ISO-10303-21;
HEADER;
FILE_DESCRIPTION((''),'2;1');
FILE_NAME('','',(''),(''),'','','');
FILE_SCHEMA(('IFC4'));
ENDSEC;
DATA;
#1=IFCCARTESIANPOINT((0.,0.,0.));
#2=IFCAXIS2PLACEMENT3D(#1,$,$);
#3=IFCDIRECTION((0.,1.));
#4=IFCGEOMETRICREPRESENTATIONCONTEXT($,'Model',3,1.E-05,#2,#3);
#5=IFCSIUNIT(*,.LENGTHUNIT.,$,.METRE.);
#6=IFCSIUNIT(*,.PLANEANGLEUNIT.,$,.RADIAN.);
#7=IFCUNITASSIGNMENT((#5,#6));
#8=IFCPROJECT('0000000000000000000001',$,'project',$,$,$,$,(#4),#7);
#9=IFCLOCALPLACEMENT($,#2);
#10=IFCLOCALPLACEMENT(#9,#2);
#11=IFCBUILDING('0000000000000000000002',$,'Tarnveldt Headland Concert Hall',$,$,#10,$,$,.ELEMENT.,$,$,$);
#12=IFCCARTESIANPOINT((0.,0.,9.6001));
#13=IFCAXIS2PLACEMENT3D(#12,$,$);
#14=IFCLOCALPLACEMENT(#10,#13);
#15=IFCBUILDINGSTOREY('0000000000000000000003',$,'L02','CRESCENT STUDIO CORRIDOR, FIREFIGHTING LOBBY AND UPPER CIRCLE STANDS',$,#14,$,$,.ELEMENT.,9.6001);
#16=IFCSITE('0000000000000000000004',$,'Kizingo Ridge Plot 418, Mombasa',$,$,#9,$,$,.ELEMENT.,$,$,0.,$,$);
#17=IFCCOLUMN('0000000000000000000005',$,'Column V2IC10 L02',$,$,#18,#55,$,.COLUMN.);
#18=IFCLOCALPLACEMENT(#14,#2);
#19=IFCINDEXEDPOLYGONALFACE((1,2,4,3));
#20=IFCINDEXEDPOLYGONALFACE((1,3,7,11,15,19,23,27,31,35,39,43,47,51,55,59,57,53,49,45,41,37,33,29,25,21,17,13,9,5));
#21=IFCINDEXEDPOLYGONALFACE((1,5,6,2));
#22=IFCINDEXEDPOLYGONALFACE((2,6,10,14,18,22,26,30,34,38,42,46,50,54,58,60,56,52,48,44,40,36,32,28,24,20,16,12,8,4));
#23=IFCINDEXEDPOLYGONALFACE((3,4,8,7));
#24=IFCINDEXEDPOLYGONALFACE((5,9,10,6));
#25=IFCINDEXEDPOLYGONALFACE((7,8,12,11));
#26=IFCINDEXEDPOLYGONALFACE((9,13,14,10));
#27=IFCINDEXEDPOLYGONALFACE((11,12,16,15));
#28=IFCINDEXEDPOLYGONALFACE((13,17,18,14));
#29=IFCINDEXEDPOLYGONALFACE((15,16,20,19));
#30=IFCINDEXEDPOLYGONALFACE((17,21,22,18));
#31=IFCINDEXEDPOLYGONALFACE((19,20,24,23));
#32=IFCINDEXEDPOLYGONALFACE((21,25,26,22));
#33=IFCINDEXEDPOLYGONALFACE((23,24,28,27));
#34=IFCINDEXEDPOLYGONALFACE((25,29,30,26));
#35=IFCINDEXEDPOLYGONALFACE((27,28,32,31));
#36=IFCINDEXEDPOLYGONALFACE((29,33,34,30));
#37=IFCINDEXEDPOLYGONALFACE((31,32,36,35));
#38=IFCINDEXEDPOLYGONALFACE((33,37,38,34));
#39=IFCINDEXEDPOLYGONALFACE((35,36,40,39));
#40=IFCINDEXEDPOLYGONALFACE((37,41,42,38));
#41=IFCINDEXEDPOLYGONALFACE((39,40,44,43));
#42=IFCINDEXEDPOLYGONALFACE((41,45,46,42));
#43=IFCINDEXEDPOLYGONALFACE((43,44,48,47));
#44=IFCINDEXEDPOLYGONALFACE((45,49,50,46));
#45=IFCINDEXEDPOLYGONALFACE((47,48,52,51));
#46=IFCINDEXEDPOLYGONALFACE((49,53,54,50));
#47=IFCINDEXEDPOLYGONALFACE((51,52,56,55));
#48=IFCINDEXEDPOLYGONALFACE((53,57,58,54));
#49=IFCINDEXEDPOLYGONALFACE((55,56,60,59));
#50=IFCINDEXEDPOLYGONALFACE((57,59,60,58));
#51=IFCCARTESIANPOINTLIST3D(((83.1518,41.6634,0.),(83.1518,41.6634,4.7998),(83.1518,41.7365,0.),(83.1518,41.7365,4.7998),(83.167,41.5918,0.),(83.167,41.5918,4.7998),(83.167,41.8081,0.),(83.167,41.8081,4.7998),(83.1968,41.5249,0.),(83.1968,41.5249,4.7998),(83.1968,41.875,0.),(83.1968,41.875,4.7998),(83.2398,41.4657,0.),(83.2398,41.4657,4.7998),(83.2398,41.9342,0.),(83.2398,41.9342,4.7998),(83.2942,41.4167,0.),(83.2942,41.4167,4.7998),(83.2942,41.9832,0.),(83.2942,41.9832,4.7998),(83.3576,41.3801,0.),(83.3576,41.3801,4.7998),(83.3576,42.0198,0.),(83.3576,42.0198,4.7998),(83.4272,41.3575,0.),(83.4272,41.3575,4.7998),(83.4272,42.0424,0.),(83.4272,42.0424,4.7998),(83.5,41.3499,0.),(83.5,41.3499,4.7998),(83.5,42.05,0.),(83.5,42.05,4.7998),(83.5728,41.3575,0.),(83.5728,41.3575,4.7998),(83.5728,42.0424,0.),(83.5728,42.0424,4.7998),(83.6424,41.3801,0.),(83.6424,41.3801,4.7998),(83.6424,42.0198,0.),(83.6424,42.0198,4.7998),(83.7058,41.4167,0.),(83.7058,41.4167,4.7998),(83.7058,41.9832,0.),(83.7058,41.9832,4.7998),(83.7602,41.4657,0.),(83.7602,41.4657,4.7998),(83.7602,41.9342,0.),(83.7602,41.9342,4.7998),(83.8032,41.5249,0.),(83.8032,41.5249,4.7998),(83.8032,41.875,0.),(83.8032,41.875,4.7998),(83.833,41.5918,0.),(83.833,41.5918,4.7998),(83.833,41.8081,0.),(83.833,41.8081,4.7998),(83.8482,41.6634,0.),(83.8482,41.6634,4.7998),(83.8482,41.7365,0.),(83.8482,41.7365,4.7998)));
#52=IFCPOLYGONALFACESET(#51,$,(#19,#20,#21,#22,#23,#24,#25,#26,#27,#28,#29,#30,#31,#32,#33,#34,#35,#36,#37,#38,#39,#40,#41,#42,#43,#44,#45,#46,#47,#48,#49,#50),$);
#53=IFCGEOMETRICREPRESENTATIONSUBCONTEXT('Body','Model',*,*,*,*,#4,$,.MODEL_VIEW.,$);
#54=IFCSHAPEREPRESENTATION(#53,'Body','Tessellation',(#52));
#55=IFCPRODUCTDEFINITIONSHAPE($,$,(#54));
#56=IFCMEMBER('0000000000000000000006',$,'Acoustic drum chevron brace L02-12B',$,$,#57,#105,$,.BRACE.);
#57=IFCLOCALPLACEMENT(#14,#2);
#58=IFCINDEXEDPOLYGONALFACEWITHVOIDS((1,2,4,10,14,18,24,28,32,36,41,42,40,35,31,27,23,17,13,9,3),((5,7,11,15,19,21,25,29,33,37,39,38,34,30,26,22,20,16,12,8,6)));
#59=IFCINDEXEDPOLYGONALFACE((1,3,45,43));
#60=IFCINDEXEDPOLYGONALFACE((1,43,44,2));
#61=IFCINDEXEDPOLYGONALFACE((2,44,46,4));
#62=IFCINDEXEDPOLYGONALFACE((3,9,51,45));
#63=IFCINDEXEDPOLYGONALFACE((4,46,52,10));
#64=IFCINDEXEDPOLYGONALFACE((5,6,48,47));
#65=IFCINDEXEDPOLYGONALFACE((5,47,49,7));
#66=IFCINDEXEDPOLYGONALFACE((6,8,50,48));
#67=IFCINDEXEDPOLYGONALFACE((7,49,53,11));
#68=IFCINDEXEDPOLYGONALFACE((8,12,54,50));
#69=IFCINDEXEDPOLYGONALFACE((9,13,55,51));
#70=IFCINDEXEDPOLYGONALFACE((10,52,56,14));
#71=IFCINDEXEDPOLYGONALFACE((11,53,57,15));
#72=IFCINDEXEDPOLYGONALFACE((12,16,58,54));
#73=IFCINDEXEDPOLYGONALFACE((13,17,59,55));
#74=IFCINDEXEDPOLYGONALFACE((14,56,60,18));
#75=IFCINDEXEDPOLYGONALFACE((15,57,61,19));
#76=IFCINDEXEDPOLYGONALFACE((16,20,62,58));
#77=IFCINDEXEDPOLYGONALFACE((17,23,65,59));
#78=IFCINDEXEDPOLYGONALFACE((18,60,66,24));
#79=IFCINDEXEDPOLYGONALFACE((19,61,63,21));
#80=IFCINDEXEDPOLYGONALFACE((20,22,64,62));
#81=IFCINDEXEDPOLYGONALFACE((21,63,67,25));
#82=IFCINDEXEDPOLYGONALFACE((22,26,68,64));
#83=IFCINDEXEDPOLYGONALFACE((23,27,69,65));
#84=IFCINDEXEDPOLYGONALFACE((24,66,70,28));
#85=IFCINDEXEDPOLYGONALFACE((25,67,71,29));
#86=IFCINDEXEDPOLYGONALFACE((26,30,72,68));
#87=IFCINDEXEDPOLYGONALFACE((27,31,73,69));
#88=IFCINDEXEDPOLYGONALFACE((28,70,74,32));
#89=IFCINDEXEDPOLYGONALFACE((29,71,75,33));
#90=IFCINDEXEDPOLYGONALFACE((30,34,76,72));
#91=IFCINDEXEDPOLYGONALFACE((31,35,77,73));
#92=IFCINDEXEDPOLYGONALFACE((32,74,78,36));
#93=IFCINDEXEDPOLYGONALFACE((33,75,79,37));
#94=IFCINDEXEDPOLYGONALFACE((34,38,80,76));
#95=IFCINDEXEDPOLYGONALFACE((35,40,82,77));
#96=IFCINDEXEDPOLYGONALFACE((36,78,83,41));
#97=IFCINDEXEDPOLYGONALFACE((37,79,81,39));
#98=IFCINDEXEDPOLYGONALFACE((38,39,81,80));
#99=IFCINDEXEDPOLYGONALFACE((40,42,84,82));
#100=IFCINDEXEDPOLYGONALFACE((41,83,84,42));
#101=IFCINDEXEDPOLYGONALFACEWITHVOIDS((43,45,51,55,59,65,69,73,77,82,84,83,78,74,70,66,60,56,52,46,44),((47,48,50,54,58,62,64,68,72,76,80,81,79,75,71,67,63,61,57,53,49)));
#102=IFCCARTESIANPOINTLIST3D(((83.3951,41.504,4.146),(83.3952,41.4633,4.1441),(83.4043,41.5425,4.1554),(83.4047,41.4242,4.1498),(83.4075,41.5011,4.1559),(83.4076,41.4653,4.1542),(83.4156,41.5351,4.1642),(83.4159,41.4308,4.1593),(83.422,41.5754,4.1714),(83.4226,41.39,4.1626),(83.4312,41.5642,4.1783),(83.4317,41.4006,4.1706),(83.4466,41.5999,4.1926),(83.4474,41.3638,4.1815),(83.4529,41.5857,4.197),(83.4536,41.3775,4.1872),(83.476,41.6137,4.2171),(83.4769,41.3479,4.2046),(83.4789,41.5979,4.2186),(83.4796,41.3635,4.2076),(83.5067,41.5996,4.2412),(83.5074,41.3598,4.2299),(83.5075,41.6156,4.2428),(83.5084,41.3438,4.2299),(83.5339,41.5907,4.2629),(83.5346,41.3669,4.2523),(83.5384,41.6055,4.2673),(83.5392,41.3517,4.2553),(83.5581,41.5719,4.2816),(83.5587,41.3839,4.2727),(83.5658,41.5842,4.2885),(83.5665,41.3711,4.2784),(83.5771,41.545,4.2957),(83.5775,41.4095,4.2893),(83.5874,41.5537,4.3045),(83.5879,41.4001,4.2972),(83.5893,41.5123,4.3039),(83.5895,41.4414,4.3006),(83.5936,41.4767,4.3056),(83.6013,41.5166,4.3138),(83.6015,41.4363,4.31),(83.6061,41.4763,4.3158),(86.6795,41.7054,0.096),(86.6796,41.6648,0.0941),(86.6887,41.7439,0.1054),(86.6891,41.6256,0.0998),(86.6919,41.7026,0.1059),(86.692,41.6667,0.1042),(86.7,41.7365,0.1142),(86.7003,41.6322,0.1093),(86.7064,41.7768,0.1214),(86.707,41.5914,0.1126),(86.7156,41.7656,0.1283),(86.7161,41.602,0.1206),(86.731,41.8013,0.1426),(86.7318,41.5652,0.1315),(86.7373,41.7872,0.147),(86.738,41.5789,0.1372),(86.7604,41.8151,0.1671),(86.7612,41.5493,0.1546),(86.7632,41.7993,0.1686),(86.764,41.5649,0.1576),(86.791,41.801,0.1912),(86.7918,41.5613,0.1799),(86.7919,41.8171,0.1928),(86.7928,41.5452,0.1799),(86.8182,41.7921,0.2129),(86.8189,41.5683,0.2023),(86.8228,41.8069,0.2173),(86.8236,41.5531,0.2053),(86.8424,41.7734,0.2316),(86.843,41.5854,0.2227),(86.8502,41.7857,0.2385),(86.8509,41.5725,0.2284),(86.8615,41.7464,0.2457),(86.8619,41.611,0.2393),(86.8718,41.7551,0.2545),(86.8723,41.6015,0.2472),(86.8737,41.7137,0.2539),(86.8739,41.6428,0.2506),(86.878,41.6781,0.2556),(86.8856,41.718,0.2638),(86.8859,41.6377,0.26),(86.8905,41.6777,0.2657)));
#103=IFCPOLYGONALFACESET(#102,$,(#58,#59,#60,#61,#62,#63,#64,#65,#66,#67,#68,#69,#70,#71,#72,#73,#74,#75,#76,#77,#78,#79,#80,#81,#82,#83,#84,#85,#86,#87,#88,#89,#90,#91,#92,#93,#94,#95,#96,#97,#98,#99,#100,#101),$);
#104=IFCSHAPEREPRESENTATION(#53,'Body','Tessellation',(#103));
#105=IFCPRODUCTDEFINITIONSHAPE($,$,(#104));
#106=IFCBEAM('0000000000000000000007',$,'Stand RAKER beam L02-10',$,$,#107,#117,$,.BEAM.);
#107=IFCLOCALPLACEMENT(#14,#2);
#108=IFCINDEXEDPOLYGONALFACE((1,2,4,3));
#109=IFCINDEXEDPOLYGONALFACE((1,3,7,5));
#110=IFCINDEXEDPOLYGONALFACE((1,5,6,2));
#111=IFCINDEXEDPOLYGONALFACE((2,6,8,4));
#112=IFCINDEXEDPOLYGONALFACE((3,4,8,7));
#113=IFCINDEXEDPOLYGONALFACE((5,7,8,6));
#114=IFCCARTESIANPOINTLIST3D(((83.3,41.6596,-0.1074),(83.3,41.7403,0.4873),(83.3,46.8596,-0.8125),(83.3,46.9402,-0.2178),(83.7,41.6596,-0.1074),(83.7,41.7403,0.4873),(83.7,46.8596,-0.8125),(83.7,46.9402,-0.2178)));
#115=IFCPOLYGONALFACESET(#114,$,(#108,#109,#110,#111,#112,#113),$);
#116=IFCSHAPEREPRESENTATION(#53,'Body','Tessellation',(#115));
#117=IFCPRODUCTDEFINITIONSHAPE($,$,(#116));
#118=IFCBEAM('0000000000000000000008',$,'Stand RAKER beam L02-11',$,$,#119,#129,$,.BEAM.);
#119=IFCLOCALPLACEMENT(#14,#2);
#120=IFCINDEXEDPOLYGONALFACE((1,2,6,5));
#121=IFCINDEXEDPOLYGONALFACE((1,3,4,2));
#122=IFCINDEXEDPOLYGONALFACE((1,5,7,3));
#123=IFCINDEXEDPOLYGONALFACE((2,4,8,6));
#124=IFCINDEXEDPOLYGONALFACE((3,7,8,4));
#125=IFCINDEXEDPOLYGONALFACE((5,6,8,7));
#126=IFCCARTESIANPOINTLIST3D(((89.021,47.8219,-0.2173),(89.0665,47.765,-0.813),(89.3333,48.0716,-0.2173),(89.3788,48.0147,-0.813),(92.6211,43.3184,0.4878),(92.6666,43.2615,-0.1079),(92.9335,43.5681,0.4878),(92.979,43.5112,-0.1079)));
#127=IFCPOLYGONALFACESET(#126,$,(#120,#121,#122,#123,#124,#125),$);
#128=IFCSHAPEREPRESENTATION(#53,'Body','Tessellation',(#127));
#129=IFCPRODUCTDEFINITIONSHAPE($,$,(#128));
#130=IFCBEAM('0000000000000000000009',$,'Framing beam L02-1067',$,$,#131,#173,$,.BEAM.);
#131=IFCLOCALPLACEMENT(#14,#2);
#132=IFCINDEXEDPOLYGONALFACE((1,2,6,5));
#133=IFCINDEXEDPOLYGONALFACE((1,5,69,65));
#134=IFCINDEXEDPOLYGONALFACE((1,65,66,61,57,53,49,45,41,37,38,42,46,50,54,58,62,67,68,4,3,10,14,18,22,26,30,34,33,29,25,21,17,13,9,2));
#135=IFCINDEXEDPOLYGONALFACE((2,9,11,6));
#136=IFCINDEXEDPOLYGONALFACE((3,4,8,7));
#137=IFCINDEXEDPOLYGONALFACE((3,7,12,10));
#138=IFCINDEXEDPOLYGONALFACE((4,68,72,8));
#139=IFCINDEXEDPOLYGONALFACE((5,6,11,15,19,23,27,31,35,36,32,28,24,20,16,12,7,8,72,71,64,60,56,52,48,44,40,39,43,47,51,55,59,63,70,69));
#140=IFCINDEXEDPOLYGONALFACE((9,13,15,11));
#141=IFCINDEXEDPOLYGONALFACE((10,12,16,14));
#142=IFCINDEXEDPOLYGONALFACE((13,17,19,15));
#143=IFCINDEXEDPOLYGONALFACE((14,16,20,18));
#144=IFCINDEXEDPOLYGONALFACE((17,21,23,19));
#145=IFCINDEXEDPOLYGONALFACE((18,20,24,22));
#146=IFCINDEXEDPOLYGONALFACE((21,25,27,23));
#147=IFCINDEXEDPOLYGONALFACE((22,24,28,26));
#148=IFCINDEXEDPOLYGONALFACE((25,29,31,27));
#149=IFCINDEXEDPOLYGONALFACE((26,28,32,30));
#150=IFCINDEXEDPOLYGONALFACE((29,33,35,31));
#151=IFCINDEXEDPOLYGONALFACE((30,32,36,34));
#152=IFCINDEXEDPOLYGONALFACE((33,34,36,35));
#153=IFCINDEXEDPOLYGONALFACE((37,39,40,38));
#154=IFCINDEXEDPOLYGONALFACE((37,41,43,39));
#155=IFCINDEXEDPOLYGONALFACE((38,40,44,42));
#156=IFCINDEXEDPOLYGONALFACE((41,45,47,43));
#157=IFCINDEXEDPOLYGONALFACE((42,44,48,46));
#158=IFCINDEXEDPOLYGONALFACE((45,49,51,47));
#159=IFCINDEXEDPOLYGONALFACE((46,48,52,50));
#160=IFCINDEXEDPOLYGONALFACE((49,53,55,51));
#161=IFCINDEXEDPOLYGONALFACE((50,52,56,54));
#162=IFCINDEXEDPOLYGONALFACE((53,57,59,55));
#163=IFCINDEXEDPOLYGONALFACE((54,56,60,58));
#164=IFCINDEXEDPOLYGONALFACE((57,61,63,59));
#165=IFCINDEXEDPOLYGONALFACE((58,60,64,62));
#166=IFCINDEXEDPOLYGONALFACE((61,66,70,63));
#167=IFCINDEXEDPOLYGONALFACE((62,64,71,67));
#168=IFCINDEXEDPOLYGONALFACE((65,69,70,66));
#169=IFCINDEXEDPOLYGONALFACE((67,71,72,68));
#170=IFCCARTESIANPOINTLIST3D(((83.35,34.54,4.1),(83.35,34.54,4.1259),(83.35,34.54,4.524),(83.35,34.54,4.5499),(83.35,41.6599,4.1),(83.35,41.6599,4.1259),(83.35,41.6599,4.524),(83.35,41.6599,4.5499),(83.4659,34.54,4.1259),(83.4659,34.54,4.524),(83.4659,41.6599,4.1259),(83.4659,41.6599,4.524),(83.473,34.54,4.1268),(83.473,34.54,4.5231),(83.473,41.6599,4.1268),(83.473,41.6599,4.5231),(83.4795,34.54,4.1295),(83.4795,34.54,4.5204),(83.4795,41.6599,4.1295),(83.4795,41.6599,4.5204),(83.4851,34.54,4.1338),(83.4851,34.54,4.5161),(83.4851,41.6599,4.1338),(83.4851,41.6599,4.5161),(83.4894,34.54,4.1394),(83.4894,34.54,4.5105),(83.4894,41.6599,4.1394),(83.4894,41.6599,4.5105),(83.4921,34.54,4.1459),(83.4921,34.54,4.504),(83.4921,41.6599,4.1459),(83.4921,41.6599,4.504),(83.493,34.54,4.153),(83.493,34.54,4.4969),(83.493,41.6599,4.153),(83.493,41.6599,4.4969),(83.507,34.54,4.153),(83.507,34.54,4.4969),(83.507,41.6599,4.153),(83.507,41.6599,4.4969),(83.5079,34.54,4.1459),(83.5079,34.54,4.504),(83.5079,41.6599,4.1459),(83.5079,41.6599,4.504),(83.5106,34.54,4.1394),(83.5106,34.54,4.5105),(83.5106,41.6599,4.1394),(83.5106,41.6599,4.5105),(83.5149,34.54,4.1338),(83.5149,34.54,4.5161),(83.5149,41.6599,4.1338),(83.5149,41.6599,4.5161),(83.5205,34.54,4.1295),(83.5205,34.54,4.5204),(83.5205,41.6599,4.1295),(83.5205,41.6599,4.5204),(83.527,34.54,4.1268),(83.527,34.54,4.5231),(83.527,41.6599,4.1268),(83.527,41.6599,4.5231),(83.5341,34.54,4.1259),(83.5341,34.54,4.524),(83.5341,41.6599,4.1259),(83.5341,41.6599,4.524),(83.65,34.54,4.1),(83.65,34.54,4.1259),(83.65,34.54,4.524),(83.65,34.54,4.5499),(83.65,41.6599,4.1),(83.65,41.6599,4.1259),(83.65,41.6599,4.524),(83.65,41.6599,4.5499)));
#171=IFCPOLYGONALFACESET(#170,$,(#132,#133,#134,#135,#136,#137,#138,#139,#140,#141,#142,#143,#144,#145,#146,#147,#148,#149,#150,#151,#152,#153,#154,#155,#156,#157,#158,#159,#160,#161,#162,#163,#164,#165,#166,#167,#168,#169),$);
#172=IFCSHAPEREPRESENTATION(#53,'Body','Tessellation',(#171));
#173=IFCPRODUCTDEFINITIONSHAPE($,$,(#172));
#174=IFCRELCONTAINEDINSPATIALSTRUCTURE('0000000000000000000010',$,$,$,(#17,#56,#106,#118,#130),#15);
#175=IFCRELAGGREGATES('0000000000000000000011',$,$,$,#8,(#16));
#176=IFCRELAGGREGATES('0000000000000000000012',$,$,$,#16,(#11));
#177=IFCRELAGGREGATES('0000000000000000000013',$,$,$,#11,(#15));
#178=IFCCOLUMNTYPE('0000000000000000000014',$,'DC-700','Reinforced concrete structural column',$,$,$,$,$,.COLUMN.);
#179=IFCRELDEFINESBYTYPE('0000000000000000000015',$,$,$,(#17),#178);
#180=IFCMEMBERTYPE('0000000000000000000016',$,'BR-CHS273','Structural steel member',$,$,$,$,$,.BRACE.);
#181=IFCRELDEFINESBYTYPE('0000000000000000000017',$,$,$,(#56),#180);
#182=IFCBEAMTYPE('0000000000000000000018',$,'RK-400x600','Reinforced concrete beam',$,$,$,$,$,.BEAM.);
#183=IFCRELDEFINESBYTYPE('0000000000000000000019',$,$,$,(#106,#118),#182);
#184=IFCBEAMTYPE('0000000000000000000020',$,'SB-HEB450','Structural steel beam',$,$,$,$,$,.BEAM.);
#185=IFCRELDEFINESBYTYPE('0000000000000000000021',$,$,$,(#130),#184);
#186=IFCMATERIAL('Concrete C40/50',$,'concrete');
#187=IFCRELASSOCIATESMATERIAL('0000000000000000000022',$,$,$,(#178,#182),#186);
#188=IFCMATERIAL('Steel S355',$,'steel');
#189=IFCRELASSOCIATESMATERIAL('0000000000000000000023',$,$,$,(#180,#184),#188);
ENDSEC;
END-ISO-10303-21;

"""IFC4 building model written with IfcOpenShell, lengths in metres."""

from ifc_helpers import new_model, si_unit, direction, frame, origin, origin_2d, place, context, subcontext, project, spatial, rectangle, circle, hollow_circle, i_section, extrude, material, material_profile, profile_set, type_object, element, save


model = new_model("IFC4")

# Units and contexts
model_context = context("Model", 3, precision=1e-05, world=origin(), true_north=direction((0.0, 1.0)))
body_context = subcontext(model_context, "Body", "Model", "MODEL_VIEW")
ifc_project = project(units=[si_unit("LENGTHUNIT", "METRE"), si_unit("PLANEANGLEUNIT", "RADIAN")], contexts=[model_context])

# Site, building, storey
site_placement = place(None, origin())
site = spatial("IfcSite", under=ifc_project, at=site_placement, Name="Kizingo Ridge Plot 418, Mombasa", CompositionType="ELEMENT", RefElevation=0.0)
building_placement = place(site_placement, origin())
building = spatial("IfcBuilding", under=site, at=building_placement, Name="Tarnveldt Headland Concert Hall", CompositionType="ELEMENT")
storey_placement = place(building_placement, frame((0.0, 0.0, 9.6001)))
storey = spatial("IfcBuildingStorey", under=building, at=storey_placement, Name="L02", Description="CRESCENT STUDIO CORRIDOR, FIREFIGHTING LOBBY AND UPPER CIRCLE STANDS", CompositionType="ELEMENT", Elevation=9.6001)

# Column
ifc_material_1 = material(Name="Concrete C40/50", Category="concrete")
ifc_material_profile_1 = material_profile(ifc_material_1, circle(Radius=0.3501, at=origin_2d()), Name="RC D700", Category="concrete")
ifc_profile_set_1 = profile_set([ifc_material_profile_1], Name="Concrete C40/50")
column_type = type_object("IfcColumnType", Name="DC-700", Description="Reinforced concrete structural column", PredefinedType="COLUMN", material=ifc_profile_set_1)
for number, where, z_axis, x_axis, name in (
    (1, (83.5, 41.7, 0.0), (0.0, 0.0, 1.0), (0.0, -1.0, 0.0), "Column V2IC10 L02"),
):
    element("IfcColumn", number, at=place(storey_placement, frame(where, z_axis=z_axis, x_axis=x_axis)), inside=storey, type_object=column_type, Name=name, PredefinedType="COLUMN", context=body_context, shape_type="SweptSolid", body=[
        extrude(circle(Radius=0.3501, at=origin_2d()), origin(), (0.0, 0.0, 1.0), 4.7998),
    ])

# Member
ifc_material_2 = material(Name="Steel S355", Category="steel")
ifc_material_profile_2 = material_profile(ifc_material_2, hollow_circle(Radius=0.1365, WallThickness=0.0161, at=origin_2d()), Name="CHS 273x16", Category="steel")
ifc_profile_set_2 = profile_set([ifc_material_profile_2], Name="Steel S355")
member_type_1 = type_object("IfcMemberType", Name="BR-CHS273", Description="Structural steel member", PredefinedType="BRACE", material=ifc_profile_set_2)
member_1_placement = place(storey_placement, frame((86.7844, 41.6814, 0.1799), z_axis=(-0.629402, -0.038598, 0.776121), x_axis=(0.06121, -0.998125, 0.0)))
element("IfcMember", 2, at=member_1_placement, inside=storey, type_object=member_type_1, Name="Acoustic drum chevron brace L02-12B", PredefinedType="BRACE", context=body_context, shape_type="SweptSolid", body=[
    extrude(hollow_circle(Radius=0.1365, WallThickness=0.0161, at=origin_2d()), origin(), (0.0, 0.0, 1.0), 5.2183),
])

# Beams
ifc_material_profile_3 = material_profile(ifc_material_1, rectangle(XDim=0.3999, YDim=0.6001, at=origin_2d()), Name="RAKER RC 400x600", Category="concrete")
ifc_profile_set_3 = profile_set([ifc_material_profile_3], Name="Concrete C40/50")
beam_type_1 = type_object("IfcBeamType", Name="RK-400x600", Description="Reinforced concrete beam", PredefinedType="BEAM", material=ifc_profile_set_3)
beam_1_placement = place(storey_placement, frame((83.5, 41.7, 0.1899), z_axis=(0.0, 0.990932, -0.134364), x_axis=(-1.0, 0.0, 0.0)))
element("IfcBeam", 3, at=beam_1_placement, inside=storey, type_object=beam_type_1, Name="Stand RAKER beam L02-10", PredefinedType="BEAM", context=body_context, shape_type="SweptSolid", body=[
    extrude(rectangle(XDim=0.3999, YDim=0.6001, at=origin_2d()), origin(), (0.0, 0.0, 1.0), 5.2476),
])
beam_2_placement = place(storey_placement, frame((92.8, 43.4148, 0.1899), z_axis=(-0.619799, 0.775316, -0.121387), x_axis=(-0.781092, -0.624416, 0.0)))
element("IfcBeam", 4, at=beam_2_placement, inside=storey, type_object=beam_type_1, Name="Stand RAKER beam L02-11", PredefinedType="BEAM", context=body_context, shape_type="SweptSolid", body=[
    extrude(rectangle(XDim=0.3999, YDim=0.6001, at=origin_2d()), origin(), (0.0, 0.0, 1.0), 5.8086),
])
ifc_material_profile_4 = material_profile(ifc_material_2, i_section(OverallWidth=0.3, OverallDepth=0.45, WebThickness=0.0139, FlangeThickness=0.0259, FilletRadius=0.0271, at=origin_2d()), Name="HEB450", Category="steel")
ifc_profile_set_4 = profile_set([ifc_material_profile_4], Name="Steel S355")
beam_type_2 = type_object("IfcBeamType", Name="SB-HEB450", Description="Structural steel beam", PredefinedType="BEAM", material=ifc_profile_set_4)
beam_3_placement = place(storey_placement, frame((83.5, 41.6599, 4.325), z_axis=(0.0, -1.0, 0.0), x_axis=(1.0, 0.0, 0.0)))
element("IfcBeam", 5, at=beam_3_placement, inside=storey, type_object=beam_type_2, Name="Framing beam L02-1067", PredefinedType="BEAM", context=body_context, shape_type="SweptSolid", body=[
    extrude(i_section(OverallWidth=0.3, OverallDepth=0.45, WebThickness=0.0139, FlangeThickness=0.0259, FilletRadius=0.0271, at=origin_2d()), origin(), (0.0, 0.0, 1.0), 7.1199),
])

save(model, "model.ifc")
